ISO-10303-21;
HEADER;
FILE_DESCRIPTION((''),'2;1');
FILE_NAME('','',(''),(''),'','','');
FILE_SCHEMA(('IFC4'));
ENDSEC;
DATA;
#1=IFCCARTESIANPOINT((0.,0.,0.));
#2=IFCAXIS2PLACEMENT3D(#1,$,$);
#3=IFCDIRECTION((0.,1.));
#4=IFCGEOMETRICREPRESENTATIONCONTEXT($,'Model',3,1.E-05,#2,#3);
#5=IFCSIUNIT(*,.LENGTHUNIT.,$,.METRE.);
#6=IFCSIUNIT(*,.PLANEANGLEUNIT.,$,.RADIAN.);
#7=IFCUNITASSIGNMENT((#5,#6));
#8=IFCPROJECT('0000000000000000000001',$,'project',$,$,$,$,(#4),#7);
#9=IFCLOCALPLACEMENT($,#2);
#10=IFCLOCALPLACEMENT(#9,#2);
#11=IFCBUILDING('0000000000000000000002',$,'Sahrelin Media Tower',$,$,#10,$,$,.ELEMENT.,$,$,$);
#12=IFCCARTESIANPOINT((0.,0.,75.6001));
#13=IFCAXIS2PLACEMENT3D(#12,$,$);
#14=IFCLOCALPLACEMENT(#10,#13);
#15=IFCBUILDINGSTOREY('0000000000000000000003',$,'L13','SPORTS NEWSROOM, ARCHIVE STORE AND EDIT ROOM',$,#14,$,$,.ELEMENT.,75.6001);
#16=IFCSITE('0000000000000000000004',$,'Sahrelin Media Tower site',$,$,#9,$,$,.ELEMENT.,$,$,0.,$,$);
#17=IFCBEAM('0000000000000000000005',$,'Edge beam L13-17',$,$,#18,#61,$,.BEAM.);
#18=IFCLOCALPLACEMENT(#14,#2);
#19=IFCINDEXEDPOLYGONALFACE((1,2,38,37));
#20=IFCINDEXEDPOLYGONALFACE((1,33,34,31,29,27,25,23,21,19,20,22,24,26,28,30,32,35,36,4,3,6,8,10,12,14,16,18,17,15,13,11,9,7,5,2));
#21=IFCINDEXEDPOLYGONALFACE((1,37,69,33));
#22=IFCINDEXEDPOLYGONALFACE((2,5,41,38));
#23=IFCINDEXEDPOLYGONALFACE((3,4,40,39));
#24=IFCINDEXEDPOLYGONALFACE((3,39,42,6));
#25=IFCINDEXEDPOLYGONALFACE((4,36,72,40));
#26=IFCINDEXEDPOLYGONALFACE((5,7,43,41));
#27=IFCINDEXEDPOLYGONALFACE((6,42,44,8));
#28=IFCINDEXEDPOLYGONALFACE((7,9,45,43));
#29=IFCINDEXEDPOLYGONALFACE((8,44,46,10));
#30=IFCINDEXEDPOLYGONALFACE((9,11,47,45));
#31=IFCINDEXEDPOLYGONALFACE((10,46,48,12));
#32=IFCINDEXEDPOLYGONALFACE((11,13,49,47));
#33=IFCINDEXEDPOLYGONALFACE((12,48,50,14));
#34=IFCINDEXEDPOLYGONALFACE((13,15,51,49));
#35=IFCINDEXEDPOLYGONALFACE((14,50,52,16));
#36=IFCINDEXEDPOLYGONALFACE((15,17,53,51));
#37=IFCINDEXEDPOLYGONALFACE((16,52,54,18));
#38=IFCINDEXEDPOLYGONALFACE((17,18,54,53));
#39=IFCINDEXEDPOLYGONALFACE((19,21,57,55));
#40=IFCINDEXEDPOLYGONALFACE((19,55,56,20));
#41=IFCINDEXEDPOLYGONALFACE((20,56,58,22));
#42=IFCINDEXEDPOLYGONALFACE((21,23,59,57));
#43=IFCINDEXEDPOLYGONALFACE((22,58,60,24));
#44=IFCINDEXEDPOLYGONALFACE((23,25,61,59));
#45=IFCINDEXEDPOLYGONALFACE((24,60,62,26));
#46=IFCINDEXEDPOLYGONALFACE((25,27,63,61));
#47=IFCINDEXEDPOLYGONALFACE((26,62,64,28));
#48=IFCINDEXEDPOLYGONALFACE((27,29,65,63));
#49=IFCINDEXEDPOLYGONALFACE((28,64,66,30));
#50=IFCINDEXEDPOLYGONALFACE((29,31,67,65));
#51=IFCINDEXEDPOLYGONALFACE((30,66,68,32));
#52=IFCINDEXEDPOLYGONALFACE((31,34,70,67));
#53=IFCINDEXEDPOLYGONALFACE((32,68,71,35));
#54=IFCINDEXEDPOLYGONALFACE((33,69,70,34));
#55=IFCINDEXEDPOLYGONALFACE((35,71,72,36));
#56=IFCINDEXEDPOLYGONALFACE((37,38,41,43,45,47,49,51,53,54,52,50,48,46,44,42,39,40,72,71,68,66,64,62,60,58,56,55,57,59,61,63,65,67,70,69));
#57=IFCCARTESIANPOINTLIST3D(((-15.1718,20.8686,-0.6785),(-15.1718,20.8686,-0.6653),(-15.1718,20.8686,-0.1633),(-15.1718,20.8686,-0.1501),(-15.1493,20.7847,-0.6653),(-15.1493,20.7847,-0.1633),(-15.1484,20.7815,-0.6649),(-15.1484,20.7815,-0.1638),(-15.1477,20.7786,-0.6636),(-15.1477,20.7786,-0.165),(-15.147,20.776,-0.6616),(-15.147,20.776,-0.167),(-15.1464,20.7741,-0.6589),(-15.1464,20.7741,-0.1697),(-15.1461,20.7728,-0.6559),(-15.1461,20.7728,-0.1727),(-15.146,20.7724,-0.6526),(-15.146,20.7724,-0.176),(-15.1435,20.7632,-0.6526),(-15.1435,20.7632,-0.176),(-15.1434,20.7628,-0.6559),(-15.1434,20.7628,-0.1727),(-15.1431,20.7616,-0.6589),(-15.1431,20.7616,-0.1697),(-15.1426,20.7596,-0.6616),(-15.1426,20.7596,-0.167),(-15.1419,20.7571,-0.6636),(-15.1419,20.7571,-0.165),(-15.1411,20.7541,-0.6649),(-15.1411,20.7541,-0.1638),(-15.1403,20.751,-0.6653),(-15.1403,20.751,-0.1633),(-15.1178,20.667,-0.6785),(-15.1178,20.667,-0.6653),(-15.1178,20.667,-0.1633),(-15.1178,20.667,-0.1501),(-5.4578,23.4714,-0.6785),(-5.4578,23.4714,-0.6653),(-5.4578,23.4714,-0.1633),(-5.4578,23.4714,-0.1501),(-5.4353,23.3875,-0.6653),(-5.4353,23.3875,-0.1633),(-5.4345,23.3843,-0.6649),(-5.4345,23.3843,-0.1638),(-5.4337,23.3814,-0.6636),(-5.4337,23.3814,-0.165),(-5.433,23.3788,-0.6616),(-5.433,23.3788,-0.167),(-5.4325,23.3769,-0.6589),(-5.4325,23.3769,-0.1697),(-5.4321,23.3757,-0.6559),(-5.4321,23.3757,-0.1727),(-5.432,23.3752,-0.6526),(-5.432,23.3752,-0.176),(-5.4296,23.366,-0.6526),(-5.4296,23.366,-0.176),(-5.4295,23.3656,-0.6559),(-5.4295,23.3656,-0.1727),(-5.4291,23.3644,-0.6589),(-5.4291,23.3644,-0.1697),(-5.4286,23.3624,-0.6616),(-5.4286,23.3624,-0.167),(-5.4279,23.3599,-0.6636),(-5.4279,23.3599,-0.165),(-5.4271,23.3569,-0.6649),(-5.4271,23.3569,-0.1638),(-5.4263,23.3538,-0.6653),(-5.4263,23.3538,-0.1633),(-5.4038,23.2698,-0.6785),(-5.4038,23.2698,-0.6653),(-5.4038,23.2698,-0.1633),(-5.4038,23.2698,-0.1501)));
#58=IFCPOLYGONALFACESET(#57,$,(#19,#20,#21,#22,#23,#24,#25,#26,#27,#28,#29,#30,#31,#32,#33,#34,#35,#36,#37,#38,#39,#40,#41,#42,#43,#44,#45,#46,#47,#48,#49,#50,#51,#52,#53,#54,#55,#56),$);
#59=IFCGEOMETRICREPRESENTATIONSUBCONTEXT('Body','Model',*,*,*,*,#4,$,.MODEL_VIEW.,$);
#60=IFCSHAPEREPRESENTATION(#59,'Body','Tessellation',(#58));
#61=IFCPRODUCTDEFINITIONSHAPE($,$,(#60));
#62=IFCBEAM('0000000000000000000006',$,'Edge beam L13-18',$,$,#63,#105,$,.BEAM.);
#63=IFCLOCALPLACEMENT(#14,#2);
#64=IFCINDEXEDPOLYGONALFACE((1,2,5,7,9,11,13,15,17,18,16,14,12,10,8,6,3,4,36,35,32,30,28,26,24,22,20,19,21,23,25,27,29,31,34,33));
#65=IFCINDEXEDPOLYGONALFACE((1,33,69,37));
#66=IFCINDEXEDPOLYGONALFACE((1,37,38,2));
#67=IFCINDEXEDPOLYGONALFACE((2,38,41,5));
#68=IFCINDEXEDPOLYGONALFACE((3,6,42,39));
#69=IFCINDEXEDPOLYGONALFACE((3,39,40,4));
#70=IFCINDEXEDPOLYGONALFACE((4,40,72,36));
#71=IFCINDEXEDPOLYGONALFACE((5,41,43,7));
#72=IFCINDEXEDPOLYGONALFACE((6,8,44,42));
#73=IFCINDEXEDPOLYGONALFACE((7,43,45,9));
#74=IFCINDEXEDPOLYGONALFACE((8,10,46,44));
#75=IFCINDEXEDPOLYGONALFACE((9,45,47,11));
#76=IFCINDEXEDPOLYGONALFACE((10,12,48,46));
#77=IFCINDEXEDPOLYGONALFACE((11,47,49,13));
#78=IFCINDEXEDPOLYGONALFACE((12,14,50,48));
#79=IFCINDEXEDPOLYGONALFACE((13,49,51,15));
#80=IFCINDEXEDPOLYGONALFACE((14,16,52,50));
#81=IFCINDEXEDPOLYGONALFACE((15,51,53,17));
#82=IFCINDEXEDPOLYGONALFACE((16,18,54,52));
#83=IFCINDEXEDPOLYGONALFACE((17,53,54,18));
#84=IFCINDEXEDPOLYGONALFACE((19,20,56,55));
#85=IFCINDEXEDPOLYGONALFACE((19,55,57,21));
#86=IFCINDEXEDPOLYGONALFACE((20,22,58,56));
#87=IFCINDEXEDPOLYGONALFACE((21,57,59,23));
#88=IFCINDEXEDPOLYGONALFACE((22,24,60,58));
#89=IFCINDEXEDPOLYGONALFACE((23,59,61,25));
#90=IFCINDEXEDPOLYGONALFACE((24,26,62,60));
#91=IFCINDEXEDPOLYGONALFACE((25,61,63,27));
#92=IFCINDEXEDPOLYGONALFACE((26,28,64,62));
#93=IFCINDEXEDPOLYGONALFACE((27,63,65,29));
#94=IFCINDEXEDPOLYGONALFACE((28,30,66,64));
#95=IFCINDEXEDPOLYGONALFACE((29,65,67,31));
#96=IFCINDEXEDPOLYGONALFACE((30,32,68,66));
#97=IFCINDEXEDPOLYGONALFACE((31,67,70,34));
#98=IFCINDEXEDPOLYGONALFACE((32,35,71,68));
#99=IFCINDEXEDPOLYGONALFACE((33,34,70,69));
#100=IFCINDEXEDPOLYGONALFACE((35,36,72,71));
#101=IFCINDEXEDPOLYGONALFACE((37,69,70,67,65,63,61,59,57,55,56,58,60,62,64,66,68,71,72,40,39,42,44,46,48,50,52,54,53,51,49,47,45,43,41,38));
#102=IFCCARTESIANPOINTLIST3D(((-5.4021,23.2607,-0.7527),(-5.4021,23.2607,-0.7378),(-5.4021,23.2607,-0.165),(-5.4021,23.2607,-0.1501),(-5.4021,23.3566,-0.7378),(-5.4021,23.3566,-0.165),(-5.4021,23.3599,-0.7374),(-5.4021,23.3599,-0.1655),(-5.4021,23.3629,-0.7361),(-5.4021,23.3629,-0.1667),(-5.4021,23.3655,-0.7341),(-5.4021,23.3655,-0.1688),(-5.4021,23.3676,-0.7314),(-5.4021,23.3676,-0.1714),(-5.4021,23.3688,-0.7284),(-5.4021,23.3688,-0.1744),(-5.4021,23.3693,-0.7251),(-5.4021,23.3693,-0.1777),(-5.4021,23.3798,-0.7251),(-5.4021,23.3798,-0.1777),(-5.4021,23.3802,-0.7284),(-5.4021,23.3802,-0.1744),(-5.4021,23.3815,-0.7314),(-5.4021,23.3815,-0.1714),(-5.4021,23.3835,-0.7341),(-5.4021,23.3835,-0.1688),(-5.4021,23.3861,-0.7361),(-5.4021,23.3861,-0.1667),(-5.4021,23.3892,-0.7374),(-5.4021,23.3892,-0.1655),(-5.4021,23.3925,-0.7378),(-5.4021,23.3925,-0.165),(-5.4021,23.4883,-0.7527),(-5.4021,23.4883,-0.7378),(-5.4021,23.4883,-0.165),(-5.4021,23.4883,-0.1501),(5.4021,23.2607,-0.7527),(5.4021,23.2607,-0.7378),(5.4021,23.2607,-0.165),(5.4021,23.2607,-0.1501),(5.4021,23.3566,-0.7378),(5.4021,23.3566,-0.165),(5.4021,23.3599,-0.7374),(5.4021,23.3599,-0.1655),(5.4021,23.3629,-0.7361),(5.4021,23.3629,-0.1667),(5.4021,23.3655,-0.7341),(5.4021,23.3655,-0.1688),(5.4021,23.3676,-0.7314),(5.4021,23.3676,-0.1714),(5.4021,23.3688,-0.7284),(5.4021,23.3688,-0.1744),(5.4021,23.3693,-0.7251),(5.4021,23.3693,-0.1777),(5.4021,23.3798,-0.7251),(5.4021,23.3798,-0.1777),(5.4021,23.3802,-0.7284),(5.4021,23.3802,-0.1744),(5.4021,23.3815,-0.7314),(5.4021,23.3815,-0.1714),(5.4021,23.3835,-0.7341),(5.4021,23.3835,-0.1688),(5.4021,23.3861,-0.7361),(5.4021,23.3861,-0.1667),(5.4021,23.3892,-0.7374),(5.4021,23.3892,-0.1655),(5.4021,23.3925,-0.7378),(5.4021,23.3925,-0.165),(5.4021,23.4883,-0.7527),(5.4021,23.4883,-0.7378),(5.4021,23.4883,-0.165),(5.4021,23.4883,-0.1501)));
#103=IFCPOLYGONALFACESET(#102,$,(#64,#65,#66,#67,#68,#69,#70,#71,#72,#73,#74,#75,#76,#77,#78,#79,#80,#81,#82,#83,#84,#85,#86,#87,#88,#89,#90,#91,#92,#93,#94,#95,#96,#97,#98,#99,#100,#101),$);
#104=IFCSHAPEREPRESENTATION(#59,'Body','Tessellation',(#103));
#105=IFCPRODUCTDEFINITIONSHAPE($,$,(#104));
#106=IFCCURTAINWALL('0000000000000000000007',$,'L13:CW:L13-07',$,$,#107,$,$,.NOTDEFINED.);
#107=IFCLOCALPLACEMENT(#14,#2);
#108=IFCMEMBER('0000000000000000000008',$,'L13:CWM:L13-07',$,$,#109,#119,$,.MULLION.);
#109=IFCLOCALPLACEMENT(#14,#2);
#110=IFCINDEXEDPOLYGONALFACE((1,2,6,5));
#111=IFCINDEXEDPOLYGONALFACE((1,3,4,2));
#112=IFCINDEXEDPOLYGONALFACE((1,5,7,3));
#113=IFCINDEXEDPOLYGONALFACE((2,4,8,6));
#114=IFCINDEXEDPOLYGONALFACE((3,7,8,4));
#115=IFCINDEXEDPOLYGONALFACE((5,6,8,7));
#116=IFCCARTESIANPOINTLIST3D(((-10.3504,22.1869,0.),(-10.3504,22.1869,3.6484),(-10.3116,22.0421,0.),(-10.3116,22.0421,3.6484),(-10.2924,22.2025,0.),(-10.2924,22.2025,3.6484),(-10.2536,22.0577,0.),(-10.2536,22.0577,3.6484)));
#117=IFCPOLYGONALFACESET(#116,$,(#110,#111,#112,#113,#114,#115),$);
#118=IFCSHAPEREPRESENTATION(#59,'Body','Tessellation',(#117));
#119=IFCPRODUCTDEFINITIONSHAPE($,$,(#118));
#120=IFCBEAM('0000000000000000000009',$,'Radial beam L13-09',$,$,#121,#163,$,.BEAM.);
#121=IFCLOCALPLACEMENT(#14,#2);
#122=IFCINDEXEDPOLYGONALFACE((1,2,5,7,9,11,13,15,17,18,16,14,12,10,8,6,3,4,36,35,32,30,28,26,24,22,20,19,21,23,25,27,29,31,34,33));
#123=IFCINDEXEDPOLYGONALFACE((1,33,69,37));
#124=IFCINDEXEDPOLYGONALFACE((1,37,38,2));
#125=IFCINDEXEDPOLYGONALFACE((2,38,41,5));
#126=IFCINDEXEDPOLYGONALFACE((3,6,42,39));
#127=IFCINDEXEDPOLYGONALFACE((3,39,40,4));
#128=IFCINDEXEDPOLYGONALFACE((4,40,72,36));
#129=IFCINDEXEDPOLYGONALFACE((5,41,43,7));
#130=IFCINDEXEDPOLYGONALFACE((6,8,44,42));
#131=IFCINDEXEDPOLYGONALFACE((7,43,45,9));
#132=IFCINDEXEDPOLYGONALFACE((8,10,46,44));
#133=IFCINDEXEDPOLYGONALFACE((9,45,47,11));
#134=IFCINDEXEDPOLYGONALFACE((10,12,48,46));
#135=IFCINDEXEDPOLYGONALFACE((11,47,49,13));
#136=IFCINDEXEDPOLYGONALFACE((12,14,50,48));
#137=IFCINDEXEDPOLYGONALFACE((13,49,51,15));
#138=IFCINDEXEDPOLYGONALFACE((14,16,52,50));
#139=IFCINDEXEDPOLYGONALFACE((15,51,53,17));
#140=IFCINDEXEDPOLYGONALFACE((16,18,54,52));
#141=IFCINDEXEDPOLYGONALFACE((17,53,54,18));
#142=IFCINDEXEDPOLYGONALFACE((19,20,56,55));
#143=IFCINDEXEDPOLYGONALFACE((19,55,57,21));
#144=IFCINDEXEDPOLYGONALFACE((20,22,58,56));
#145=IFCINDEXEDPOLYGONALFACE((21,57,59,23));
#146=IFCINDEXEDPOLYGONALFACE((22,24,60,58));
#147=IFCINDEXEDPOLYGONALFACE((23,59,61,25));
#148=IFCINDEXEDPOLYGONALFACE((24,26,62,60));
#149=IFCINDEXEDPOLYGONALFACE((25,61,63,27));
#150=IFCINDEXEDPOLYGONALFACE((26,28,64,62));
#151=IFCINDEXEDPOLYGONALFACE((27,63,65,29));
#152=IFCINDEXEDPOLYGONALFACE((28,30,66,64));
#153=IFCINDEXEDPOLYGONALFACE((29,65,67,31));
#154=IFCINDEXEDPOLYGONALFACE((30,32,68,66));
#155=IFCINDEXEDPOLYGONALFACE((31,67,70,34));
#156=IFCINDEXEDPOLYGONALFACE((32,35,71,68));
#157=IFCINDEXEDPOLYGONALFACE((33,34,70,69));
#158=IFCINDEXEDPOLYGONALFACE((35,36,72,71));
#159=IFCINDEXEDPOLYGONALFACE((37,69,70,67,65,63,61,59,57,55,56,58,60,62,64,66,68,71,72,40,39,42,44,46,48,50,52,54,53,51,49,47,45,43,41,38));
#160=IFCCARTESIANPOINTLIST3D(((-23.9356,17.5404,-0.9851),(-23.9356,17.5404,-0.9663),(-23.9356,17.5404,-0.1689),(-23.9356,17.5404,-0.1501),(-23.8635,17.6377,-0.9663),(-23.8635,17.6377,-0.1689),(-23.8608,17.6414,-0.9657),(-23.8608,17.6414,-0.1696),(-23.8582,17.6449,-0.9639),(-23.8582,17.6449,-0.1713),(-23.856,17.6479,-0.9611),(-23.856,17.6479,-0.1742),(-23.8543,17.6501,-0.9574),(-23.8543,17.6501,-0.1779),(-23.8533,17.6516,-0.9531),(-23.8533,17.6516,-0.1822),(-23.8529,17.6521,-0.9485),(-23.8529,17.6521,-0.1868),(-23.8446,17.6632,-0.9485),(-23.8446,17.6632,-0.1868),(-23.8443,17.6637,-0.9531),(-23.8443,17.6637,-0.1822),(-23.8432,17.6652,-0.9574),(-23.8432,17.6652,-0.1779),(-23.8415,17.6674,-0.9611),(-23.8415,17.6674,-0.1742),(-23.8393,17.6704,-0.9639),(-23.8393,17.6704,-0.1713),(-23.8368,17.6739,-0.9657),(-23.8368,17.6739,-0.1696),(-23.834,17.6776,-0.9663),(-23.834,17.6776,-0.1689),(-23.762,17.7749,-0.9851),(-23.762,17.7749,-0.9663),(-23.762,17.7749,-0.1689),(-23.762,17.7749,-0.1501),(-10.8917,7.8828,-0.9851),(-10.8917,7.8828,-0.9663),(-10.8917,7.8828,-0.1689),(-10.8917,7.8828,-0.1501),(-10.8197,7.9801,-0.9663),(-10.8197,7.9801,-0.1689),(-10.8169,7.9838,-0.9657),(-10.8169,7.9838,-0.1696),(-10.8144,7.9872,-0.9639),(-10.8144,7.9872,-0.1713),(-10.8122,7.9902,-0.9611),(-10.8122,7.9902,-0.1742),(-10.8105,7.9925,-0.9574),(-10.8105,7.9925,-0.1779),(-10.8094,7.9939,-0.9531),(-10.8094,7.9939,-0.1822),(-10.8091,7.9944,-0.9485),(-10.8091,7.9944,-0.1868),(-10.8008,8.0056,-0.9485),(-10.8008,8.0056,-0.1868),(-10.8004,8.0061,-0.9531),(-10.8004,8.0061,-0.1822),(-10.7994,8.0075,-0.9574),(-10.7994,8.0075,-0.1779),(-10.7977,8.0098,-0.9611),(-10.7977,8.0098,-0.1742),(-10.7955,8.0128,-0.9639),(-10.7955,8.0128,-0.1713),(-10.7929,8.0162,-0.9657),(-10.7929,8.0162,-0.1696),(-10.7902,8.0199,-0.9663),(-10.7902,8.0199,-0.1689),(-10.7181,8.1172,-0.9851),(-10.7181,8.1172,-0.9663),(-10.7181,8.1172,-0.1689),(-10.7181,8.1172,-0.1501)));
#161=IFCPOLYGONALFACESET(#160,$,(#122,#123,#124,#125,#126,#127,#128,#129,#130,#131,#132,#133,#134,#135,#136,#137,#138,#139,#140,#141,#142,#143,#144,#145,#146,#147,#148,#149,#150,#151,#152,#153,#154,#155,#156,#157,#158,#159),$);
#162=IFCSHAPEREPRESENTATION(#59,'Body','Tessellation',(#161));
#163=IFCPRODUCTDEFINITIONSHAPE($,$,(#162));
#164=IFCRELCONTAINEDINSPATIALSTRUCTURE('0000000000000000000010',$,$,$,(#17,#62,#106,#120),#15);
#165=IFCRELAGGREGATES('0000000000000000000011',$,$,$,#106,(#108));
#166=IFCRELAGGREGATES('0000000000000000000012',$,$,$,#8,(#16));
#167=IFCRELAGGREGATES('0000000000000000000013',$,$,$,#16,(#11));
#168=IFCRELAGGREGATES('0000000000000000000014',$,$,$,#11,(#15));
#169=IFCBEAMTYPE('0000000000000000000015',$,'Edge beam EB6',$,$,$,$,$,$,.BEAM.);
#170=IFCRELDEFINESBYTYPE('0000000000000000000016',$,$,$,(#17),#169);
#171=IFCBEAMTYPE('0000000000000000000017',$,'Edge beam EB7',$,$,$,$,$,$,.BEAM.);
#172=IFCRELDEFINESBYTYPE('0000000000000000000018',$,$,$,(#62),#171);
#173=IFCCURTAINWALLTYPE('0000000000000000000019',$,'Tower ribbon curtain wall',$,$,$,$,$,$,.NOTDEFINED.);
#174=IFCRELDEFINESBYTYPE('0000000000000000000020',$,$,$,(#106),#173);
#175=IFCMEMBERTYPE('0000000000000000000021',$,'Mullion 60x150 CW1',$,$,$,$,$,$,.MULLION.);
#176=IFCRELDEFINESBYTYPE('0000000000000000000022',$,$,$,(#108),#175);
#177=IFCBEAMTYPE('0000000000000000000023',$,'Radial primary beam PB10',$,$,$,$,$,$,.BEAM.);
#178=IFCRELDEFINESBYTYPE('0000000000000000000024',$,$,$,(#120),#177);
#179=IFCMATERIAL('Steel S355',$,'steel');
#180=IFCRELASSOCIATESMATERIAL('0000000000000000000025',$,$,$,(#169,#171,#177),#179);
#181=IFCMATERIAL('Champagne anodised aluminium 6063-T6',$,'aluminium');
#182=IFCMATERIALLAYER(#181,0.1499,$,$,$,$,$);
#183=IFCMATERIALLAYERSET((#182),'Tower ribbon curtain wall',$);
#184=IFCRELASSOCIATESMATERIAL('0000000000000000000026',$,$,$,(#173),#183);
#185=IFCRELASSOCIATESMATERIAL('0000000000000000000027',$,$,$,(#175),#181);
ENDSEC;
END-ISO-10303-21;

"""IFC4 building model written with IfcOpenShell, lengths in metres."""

from ifc_helpers import new_model, si_unit, direction, frame, origin, origin_2d, place, context, subcontext, project, spatial, rectangle, i_section, extrude, material, layer, layer_set, material_profile, profile_set, type_object, element, aggregate, save


model = new_model("IFC4")

# Units and contexts
model_context = context("Model", 3, precision=1e-05, world=origin(), true_north=direction((0.0, 1.0)))
body_context = subcontext(model_context, "Body", "Model", "MODEL_VIEW")
ifc_project = project(units=[si_unit("LENGTHUNIT", "METRE"), si_unit("PLANEANGLEUNIT", "RADIAN")], contexts=[model_context])

# Site, building, storey
site_placement = place(None, origin())
site = spatial("IfcSite", under=ifc_project, at=site_placement, Name="Sahrelin Media Tower site", CompositionType="ELEMENT", RefElevation=0.0)
building_placement = place(site_placement, origin())
building = spatial("IfcBuilding", under=site, at=building_placement, Name="Sahrelin Media Tower", CompositionType="ELEMENT")
storey_placement = place(building_placement, frame((0.0, 0.0, 75.6001)))
storey = spatial("IfcBuildingStorey", under=building, at=storey_placement, Name="L13", Description="SPORTS NEWSROOM, ARCHIVE STORE AND EDIT ROOM", CompositionType="ELEMENT", Elevation=75.6001)

# Beams
ifc_material_1 = material(Name="Steel S355", Category="steel")
ifc_material_profile_1 = material_profile(ifc_material_1, i_section(OverallWidth=0.2087, OverallDepth=0.5283, WebThickness=0.0095, FlangeThickness=0.0132, FilletRadius=0.0127, at=origin_2d()), Name="UB 533x210x82")
ifc_profile_set_1 = profile_set([ifc_material_profile_1], Name="Steel S355")
beam_type_1 = type_object("IfcBeamType", Name="Edge beam EB6", PredefinedType="BEAM", material=ifc_profile_set_1)
beam_1_placement = place(storey_placement, frame((-15.1448, 20.7678, -0.4143), z_axis=(0.965927, 0.258815, 0.0), x_axis=(-0.258815, 0.965927, 0.0)))
element("IfcBeam", 1, at=beam_1_placement, inside=storey, type_object=beam_type_1, Name="Edge beam L13-17", PredefinedType="BEAM", context=body_context, shape_type="SweptSolid", body=[
    extrude(i_section(OverallWidth=0.2087, OverallDepth=0.5283, WebThickness=0.0095, FlangeThickness=0.0132, FilletRadius=0.0127, at=origin_2d()), origin(), (0.0, 0.0, 1.0), 10.0566),
])
ifc_material_profile_2 = material_profile(ifc_material_1, i_section(OverallWidth=0.2275, OverallDepth=0.6025, WebThickness=0.0105, FlangeThickness=0.0149, FilletRadius=0.0127, at=origin_2d()), Name="UB 610x229x101")
ifc_profile_set_2 = profile_set([ifc_material_profile_2], Name="Steel S355")
beam_type_2 = type_object("IfcBeamType", Name="Edge beam EB7", PredefinedType="BEAM", material=ifc_profile_set_2)
beam_2_placement = place(storey_placement, frame((-5.4021, 23.3745, -0.4514), z_axis=(1.0, 0.0, 0.0), x_axis=(0.0, 1.0, 0.0)))
element("IfcBeam", 2, at=beam_2_placement, inside=storey, type_object=beam_type_2, Name="Edge beam L13-18", PredefinedType="BEAM", context=body_context, shape_type="SweptSolid", body=[
    extrude(i_section(OverallWidth=0.2275, OverallDepth=0.6025, WebThickness=0.0105, FlangeThickness=0.0149, FilletRadius=0.0127, at=origin_2d()), origin(), (0.0, 0.0, 1.0), 10.8042),
])

# Curtain wall, member
ifc_material_2 = material(Name="Champagne anodised aluminium 6063-T6", Category="aluminium")
ifc_layer_1 = layer(ifc_material_2, 0.1499)
ifc_layer_set_1 = layer_set([ifc_layer_1], Name="Tower ribbon curtain wall")
curtain_wall_type = type_object("IfcCurtainWallType", Name="Tower ribbon curtain wall", PredefinedType="NOTDEFINED", material=ifc_layer_set_1)
curtain_wall_1_placement = place(storey_placement, frame((-10.3267, 22.2141, 0.0), z_axis=(0.0, 0.0, 1.0), x_axis=(1.0, 0.0, 0.0)))
curtain_wall_1 = element("IfcCurtainWall", 3, at=curtain_wall_1_placement, inside=storey, type_object=curtain_wall_type, Name="L13:CW:L13-07", PredefinedType="NOTDEFINED")
ifc_material_profile_3 = material_profile(ifc_material_2, rectangle(XDim=0.0601, YDim=0.1499, at=origin_2d()), Name="Mullion 60x150")
ifc_profile_set_3 = profile_set([ifc_material_profile_3], Name="Champagne anodised aluminium 6063-T6")
member_type_1 = type_object("IfcMemberType", Name="Mullion 60x150 CW1", PredefinedType="MULLION", material=ifc_profile_set_3)
member_1_placement = place(storey_placement, frame((-10.302, 22.1223, 0.0), z_axis=(0.0, 0.0, 1.0), x_axis=(-0.965925, -0.258822, 0.0)))
member_1 = element("IfcMember", 4, at=member_1_placement, type_object=member_type_1, Name="L13:CWM:L13-07", PredefinedType="MULLION", context=body_context, shape_type="SweptSolid", body=[
    extrude(rectangle(XDim=0.0601, YDim=0.1499, at=origin_2d()), origin(), (0.0, 0.0, 1.0), 3.6484),
])

# Beam
ifc_material_profile_4 = material_profile(ifc_material_1, i_section(OverallWidth=0.2917, OverallDepth=0.835, WebThickness=0.0139, FlangeThickness=0.0188, FilletRadius=0.0178, at=origin_2d()), Name="UB 838x292x176")
ifc_profile_set_4 = profile_set([ifc_material_profile_4], Name="Steel S355")
beam_type_3 = type_object("IfcBeamType", Name="Radial primary beam PB10", PredefinedType="BEAM", material=ifc_profile_set_4)
beam_3_placement = place(storey_placement, frame((-10.8049, 8.0, -0.5676), z_axis=(-0.803689, 0.59505, 0.0), x_axis=(-0.59505, -0.803689, 0.0)))
element("IfcBeam", 5, at=beam_3_placement, inside=storey, type_object=beam_type_3, Name="Radial beam L13-09", PredefinedType="BEAM", context=body_context, shape_type="SweptSolid", body=[
    extrude(i_section(OverallWidth=0.2917, OverallDepth=0.835, WebThickness=0.0139, FlangeThickness=0.0188, FilletRadius=0.0178, at=origin_2d()), origin(), (0.0, 0.0, 1.0), 16.23),
])

aggregate(curtain_wall_1, [member_1])

save(model, "model.ifc")
